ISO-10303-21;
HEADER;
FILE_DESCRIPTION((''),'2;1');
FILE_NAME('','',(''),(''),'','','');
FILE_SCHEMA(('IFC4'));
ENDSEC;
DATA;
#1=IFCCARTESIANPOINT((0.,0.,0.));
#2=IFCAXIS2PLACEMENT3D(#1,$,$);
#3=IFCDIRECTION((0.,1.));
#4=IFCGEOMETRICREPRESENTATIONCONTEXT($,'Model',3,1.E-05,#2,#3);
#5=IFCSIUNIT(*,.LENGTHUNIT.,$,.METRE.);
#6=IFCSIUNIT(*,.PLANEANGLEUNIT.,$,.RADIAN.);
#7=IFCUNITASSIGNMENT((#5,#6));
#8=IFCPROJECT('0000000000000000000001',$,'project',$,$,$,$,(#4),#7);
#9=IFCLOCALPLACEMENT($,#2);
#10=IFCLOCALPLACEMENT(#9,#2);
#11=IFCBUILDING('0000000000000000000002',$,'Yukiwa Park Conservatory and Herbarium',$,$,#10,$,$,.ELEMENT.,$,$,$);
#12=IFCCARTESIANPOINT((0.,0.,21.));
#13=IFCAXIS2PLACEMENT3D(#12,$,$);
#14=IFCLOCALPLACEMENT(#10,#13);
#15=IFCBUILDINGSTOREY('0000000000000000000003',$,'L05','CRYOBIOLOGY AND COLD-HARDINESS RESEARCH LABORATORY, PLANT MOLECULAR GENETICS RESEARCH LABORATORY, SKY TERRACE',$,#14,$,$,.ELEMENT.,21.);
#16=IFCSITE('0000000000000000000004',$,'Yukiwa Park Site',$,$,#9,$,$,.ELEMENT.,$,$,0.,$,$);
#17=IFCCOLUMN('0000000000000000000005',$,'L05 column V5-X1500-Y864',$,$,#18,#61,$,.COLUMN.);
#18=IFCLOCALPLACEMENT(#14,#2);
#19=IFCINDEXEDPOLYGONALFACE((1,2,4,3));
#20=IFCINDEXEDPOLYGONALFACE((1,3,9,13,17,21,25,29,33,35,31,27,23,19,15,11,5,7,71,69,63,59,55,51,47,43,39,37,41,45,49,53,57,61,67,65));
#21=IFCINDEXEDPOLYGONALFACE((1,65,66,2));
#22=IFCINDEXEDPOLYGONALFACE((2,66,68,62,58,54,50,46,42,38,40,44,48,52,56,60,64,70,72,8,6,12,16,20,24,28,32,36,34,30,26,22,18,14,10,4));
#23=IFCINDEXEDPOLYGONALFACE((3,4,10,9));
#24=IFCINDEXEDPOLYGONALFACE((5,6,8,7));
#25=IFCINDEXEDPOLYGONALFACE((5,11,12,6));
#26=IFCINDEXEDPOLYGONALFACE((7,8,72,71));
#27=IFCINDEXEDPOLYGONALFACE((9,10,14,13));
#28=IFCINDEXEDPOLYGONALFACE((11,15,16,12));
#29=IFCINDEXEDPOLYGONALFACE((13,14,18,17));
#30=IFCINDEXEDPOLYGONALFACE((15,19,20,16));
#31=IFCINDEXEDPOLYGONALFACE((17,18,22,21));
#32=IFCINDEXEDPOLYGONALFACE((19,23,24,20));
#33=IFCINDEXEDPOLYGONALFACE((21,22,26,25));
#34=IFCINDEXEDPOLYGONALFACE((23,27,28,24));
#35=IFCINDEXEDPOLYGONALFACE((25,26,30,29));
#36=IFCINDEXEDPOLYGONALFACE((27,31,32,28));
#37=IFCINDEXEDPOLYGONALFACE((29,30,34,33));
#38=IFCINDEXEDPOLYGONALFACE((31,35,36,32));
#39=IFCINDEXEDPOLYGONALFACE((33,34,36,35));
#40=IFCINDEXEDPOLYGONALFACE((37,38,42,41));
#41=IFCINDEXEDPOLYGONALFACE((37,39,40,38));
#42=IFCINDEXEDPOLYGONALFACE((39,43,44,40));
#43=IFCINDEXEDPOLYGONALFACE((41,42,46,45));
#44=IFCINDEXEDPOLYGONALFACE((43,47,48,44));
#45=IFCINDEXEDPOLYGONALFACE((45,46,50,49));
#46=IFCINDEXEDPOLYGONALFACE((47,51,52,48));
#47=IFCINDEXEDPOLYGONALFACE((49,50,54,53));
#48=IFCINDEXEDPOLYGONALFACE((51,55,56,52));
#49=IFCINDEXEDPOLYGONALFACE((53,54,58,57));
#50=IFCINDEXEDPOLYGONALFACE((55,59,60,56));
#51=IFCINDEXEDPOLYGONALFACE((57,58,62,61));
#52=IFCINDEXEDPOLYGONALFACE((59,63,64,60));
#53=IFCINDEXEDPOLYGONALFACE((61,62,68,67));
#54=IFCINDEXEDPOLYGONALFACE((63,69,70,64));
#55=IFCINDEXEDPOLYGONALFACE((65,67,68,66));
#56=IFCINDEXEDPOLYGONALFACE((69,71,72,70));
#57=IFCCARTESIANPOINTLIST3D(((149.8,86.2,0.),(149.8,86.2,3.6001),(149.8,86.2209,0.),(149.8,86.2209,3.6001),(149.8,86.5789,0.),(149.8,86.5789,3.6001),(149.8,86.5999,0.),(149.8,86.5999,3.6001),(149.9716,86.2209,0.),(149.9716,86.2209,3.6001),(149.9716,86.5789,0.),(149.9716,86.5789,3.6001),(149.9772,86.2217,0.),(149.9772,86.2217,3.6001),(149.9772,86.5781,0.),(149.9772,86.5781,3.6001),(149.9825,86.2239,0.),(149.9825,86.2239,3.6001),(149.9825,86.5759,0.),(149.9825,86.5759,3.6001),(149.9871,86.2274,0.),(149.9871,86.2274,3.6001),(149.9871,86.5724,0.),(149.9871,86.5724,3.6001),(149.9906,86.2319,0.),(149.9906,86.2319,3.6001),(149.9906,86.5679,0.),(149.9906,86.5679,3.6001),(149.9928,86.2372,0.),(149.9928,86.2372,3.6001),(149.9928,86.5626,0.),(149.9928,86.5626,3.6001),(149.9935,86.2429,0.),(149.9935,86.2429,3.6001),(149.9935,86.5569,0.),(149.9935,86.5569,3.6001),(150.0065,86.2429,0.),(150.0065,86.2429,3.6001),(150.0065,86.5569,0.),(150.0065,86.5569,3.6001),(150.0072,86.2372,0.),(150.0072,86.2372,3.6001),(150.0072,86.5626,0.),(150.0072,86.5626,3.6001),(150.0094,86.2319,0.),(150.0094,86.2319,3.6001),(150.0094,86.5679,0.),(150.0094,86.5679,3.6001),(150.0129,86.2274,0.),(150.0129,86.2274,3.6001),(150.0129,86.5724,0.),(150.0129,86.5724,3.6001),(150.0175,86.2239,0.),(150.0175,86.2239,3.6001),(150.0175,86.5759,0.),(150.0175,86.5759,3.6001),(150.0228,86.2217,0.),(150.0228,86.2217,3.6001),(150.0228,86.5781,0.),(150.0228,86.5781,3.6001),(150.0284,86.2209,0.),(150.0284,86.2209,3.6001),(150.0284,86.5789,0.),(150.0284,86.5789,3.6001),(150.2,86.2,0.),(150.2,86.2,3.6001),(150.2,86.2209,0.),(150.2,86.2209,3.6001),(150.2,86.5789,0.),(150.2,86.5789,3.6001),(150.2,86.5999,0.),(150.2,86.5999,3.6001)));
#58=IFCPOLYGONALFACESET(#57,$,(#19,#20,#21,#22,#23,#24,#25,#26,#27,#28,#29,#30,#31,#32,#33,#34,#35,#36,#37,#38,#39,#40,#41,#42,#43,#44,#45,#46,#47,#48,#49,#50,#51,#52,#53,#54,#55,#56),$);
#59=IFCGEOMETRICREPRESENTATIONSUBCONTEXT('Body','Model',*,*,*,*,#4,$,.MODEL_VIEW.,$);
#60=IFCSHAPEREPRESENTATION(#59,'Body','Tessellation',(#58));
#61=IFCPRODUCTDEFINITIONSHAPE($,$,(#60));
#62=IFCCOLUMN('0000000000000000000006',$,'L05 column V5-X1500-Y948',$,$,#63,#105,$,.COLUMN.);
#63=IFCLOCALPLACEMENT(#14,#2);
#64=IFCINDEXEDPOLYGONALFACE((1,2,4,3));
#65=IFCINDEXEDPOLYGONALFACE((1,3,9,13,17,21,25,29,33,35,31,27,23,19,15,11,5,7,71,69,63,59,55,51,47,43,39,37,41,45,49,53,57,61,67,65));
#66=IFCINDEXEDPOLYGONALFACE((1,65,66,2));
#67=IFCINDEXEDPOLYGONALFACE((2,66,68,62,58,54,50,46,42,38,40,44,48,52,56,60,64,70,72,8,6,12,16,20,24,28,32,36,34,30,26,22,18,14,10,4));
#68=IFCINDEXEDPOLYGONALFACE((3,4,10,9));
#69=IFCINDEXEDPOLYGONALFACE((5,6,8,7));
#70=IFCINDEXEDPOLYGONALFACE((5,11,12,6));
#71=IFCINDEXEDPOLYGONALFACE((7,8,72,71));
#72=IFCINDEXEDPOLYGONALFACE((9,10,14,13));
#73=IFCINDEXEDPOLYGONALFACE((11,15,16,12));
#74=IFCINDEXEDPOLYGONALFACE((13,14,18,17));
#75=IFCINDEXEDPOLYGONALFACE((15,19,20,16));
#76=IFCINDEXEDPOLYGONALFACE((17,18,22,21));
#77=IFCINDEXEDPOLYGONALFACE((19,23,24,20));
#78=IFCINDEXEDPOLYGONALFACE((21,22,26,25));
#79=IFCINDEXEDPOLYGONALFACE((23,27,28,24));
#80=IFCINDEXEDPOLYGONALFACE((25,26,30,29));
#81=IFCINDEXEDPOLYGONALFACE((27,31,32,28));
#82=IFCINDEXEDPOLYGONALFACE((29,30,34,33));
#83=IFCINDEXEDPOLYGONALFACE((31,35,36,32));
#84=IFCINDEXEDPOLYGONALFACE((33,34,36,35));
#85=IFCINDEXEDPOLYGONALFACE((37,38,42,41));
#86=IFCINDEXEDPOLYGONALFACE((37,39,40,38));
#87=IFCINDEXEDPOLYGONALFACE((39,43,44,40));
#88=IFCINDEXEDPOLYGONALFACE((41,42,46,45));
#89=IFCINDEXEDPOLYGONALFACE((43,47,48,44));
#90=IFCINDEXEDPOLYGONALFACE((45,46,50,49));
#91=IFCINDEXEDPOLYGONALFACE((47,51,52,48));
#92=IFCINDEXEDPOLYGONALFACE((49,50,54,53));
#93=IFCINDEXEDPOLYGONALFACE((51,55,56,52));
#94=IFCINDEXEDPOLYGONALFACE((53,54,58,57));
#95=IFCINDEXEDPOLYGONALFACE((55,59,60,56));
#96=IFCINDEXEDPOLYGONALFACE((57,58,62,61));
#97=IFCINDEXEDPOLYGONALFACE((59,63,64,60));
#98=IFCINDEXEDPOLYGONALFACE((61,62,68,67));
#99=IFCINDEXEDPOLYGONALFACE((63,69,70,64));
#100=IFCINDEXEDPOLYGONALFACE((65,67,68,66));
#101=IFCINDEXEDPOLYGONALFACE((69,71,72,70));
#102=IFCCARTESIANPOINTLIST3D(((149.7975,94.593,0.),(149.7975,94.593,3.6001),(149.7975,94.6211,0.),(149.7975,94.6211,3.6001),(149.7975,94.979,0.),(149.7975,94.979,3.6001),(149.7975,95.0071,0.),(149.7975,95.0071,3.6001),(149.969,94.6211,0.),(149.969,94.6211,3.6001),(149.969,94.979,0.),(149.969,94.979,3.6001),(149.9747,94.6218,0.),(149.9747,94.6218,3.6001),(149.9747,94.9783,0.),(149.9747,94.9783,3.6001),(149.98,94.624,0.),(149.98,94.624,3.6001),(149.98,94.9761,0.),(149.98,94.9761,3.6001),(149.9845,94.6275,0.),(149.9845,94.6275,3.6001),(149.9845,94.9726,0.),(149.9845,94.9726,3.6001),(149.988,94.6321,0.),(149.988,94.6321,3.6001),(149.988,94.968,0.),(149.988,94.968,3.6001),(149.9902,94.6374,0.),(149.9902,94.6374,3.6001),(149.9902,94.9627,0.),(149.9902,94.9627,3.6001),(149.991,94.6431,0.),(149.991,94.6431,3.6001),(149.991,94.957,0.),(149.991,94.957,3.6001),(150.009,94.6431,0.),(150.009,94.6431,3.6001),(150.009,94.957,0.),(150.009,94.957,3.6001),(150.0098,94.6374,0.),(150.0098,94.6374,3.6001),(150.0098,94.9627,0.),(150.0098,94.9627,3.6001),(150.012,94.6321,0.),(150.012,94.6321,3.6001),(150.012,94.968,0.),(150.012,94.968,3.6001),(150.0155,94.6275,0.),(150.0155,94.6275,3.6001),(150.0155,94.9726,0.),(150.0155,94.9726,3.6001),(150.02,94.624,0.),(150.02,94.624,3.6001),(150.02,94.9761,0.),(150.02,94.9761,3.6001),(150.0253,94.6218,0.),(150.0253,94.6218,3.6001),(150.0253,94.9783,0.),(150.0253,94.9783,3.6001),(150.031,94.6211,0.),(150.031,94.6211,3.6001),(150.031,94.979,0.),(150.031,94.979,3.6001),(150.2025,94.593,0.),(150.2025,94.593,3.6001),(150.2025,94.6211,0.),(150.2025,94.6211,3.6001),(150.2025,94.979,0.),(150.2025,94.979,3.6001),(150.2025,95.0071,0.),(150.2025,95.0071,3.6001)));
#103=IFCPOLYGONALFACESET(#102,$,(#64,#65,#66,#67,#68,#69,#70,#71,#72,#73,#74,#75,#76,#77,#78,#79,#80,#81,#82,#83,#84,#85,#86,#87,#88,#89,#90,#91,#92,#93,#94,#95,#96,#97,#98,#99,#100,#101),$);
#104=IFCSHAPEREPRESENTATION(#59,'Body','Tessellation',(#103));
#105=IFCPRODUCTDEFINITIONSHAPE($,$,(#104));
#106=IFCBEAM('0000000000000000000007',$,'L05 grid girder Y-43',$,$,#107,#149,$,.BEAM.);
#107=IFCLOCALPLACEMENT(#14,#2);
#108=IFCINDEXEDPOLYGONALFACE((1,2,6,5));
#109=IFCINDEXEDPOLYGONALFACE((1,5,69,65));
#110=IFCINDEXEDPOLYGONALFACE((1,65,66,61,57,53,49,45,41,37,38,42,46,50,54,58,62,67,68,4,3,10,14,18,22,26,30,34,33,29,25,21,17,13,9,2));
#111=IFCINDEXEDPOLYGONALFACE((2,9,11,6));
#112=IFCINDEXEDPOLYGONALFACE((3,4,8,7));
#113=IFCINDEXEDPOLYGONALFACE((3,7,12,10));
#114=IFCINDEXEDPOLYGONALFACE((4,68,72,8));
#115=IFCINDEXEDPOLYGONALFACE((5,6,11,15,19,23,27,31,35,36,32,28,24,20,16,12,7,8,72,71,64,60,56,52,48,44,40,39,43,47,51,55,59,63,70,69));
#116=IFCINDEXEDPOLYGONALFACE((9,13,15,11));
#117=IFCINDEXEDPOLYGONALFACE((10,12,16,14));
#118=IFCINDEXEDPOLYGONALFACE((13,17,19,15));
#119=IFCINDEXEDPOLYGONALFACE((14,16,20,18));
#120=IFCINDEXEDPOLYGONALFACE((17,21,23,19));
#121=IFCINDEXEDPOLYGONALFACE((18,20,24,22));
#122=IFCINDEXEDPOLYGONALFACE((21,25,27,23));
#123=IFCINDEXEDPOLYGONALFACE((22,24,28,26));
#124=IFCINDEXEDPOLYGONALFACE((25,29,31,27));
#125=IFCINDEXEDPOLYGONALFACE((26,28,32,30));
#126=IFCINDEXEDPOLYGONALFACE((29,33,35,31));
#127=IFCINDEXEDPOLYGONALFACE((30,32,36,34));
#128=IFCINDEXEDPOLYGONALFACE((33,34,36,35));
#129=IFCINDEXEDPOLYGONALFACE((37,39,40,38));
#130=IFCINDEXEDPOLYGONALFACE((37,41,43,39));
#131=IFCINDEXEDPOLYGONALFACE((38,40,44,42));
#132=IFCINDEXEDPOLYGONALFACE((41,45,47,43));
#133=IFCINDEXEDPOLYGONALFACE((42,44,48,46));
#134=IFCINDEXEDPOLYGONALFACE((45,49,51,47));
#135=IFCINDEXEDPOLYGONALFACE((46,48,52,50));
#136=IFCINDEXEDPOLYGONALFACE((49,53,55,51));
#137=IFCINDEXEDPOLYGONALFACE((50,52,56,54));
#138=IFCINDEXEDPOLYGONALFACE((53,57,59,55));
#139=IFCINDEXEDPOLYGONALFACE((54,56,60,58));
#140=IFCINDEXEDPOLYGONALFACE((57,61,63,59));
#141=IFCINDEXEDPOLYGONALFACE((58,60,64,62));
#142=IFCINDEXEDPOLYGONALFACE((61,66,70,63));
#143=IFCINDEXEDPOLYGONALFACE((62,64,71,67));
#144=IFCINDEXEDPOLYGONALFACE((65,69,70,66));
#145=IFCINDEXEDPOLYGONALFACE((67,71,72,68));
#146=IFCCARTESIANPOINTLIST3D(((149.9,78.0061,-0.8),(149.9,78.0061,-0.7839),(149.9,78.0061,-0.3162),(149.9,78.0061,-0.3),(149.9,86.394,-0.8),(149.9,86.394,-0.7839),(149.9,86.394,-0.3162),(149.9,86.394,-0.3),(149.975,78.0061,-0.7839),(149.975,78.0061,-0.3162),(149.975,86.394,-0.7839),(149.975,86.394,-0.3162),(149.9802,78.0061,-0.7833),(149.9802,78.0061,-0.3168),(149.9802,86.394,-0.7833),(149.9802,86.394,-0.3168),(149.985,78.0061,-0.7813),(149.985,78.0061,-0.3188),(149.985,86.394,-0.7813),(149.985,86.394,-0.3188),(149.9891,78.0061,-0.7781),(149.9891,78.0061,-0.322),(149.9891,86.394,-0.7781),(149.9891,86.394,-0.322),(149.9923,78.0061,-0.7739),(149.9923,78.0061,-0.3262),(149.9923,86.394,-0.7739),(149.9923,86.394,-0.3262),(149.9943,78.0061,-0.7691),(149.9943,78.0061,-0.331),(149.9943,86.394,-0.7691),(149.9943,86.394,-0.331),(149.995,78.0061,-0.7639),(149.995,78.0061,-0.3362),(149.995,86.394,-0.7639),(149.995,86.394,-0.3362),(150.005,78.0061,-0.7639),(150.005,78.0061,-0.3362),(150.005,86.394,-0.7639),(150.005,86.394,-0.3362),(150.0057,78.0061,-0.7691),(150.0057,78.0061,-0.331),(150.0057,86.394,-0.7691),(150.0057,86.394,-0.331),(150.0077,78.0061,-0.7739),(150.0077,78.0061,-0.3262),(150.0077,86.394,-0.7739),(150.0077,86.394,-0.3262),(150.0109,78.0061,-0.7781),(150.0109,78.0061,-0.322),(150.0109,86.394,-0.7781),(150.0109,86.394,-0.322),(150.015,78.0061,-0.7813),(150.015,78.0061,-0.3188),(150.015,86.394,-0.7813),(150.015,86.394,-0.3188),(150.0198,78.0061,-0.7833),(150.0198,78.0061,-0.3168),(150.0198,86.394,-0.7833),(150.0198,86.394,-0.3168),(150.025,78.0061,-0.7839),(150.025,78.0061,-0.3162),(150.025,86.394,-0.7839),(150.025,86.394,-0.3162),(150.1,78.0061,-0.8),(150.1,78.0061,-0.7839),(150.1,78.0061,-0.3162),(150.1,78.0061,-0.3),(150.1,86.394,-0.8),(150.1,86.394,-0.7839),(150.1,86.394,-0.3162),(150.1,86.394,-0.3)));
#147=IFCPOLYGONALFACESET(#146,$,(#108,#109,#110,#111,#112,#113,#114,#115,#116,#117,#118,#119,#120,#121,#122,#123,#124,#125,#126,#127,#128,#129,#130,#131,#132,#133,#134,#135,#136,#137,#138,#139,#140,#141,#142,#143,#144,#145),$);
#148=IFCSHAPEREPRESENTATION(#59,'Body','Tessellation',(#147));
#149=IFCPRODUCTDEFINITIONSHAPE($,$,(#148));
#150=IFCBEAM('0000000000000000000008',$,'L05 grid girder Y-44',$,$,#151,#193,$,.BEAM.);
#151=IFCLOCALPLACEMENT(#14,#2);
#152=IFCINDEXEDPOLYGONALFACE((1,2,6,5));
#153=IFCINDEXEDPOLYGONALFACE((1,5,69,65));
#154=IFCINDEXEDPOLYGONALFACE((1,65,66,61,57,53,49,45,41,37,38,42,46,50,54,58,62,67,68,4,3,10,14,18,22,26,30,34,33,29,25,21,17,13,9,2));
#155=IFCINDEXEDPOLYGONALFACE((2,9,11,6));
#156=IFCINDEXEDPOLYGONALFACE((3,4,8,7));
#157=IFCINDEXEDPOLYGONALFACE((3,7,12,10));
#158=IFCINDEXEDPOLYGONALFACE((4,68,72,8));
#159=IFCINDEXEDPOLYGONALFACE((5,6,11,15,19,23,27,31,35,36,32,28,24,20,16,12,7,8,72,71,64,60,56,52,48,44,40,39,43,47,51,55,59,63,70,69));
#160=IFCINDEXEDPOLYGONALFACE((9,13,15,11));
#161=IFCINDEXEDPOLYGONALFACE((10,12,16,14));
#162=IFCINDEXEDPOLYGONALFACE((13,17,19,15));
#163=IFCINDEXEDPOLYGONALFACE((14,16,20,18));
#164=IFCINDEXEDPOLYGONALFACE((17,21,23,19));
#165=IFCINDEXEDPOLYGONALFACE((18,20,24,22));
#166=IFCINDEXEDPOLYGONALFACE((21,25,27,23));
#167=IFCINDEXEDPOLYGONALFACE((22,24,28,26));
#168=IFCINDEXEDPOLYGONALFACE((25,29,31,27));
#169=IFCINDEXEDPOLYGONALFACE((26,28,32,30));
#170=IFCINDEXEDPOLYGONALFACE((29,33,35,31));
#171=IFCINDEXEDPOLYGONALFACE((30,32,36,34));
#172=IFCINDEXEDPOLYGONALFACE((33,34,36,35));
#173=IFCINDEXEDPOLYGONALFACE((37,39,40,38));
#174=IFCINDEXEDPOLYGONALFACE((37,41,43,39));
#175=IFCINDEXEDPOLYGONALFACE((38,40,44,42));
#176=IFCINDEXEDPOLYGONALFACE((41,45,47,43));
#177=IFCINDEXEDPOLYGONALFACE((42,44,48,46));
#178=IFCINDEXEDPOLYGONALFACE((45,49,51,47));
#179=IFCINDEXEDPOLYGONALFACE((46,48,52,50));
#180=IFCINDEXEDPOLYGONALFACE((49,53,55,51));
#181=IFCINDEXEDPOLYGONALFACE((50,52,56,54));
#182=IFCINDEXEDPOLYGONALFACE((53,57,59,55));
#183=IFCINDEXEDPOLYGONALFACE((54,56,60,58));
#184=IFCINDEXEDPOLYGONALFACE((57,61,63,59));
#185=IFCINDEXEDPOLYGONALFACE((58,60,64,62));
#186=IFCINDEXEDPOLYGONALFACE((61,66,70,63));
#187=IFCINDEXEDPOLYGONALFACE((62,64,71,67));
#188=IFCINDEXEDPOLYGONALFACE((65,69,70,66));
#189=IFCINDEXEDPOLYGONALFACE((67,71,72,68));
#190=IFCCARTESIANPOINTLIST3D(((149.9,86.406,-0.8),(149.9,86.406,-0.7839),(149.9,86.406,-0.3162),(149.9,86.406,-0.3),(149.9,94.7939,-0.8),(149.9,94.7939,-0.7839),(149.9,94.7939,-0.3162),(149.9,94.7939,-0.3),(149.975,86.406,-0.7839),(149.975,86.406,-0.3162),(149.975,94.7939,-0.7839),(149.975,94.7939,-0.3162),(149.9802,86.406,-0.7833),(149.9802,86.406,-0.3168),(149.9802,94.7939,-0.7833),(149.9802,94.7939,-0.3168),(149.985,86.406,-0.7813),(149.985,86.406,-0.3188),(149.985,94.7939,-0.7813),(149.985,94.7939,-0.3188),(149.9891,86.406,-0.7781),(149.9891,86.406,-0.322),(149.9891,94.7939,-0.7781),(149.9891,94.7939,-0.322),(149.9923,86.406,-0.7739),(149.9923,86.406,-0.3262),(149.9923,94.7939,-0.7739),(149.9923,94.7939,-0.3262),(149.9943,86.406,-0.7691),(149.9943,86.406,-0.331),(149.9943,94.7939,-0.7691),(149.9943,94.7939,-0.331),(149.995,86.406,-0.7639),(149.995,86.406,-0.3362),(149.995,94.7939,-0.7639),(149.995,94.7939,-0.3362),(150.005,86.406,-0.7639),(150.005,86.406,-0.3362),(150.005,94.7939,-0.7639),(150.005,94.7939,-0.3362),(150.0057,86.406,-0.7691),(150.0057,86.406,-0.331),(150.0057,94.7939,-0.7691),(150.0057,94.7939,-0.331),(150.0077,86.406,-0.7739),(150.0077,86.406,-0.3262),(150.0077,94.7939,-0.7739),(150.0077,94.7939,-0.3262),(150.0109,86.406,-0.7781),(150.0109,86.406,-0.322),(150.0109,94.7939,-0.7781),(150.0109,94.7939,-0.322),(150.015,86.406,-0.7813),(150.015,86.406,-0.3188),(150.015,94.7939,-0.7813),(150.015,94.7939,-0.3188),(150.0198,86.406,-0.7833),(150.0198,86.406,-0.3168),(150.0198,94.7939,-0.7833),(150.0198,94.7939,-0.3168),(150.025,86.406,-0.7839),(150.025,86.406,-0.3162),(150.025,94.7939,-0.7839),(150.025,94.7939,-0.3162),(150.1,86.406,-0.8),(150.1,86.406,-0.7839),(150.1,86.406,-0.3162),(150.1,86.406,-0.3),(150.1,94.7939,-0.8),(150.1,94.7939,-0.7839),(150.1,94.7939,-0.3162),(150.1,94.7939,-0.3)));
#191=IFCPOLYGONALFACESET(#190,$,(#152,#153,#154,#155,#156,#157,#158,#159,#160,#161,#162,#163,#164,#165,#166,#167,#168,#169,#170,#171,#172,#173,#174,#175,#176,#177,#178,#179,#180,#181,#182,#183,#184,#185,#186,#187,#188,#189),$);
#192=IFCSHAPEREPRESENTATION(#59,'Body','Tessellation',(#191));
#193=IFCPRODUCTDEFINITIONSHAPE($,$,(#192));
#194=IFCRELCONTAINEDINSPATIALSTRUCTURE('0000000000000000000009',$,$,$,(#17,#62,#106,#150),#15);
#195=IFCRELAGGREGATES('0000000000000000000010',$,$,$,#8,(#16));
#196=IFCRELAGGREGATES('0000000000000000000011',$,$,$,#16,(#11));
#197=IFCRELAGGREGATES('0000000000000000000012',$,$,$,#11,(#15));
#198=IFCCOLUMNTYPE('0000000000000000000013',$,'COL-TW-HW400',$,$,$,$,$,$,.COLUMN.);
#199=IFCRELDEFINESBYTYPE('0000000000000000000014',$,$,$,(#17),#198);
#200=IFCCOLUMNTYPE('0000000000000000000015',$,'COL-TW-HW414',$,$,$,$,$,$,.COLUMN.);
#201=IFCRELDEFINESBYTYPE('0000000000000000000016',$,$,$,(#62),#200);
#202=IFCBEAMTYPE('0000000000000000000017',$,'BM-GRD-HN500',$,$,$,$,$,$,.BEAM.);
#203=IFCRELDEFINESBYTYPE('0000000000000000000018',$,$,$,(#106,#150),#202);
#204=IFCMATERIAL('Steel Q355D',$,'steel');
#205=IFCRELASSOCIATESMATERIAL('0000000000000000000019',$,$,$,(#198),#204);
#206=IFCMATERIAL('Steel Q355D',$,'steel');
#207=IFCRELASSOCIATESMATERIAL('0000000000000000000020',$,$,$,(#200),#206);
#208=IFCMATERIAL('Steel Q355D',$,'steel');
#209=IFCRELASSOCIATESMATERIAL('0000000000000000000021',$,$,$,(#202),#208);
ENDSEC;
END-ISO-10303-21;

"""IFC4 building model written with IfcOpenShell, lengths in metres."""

from ifc_helpers import new_model, si_unit, direction, frame, origin, origin_2d, place, context, subcontext, project, spatial, i_section, extrude, material, material_profile, profile_set, type_object, element, save


model = new_model("IFC4")

# Units and contexts
model_context = context("Model", 3, precision=1e-05, world=origin(), true_north=direction((0.0, 1.0)))
body_context = subcontext(model_context, "Body", "Model", "MODEL_VIEW")
ifc_project = project(units=[si_unit("LENGTHUNIT", "METRE"), si_unit("PLANEANGLEUNIT", "RADIAN")], contexts=[model_context])

# Site, building, storey
site_placement = place(None, origin())
site = spatial("IfcSite", under=ifc_project, at=site_placement, Name="Yukiwa Park Site", CompositionType="ELEMENT", RefElevation=0.0)
building_placement = place(site_placement, origin())
building = spatial("IfcBuilding", under=site, at=building_placement, Name="Yukiwa Park Conservatory and Herbarium", CompositionType="ELEMENT")
storey_placement = place(building_placement, frame((0.0, 0.0, 21.0)))
storey = spatial("IfcBuildingStorey", under=building, at=storey_placement, Name="L05", Description="CRYOBIOLOGY AND COLD-HARDINESS RESEARCH LABORATORY, PLANT MOLECULAR GENETICS RESEARCH LABORATORY, SKY TERRACE", CompositionType="ELEMENT", Elevation=21.0)

# Columns
ifc_material_1 = material(Name="Steel Q355D", Category="steel")
ifc_material_profile_1 = material_profile(ifc_material_1, i_section(OverallWidth=0.3999, OverallDepth=0.3999, WebThickness=0.0129, FlangeThickness=0.021, FilletRadius=0.022, at=origin_2d()), Name="HW 400x400x13x21")
ifc_profile_set_1 = profile_set([ifc_material_profile_1], Name="Steel Q355D")
column_type_1 = type_object("IfcColumnType", Name="COL-TW-HW400", PredefinedType="COLUMN", material=ifc_profile_set_1)
column_1_placement = place(storey_placement, frame((150.0, 86.3999, 0.0), z_axis=(0.0, 0.0, 1.0), x_axis=(1.0, 0.0, 0.0)))
element("IfcColumn", 1, at=column_1_placement, inside=storey, type_object=column_type_1, Name="L05 column V5-X1500-Y864", PredefinedType="COLUMN", context=body_context, shape_type="SweptSolid", body=[
    extrude(i_section(OverallWidth=0.3999, OverallDepth=0.3999, WebThickness=0.0129, FlangeThickness=0.021, FilletRadius=0.022, at=origin_2d()), origin(), (0.0, 0.0, 1.0), 3.6001),
])
ifc_material_2 = material(Name="Steel Q355D", Category="steel")
ifc_material_profile_2 = material_profile(ifc_material_2, i_section(OverallWidth=0.405, OverallDepth=0.4141, WebThickness=0.0181, FlangeThickness=0.0281, FilletRadius=0.022, at=origin_2d()), Name="HW 414x405x18x28")
ifc_profile_set_2 = profile_set([ifc_material_profile_2], Name="Steel Q355D")
column_type_2 = type_object("IfcColumnType", Name="COL-TW-HW414", PredefinedType="COLUMN", material=ifc_profile_set_2)
column_2_placement = place(storey_placement, frame((150.0, 94.8, 0.0), z_axis=(0.0, 0.0, 1.0), x_axis=(1.0, 0.0, 0.0)))
element("IfcColumn", 2, at=column_2_placement, inside=storey, type_object=column_type_2, Name="L05 column V5-X1500-Y948", PredefinedType="COLUMN", context=body_context, shape_type="SweptSolid", body=[
    extrude(i_section(OverallWidth=0.405, OverallDepth=0.4141, WebThickness=0.0181, FlangeThickness=0.0281, FilletRadius=0.022, at=origin_2d()), origin(), (0.0, 0.0, 1.0), 3.6001),
])

# Beams
ifc_material_3 = material(Name="Steel Q355D", Category="steel")
ifc_material_profile_3 = material_profile(ifc_material_3, i_section(OverallWidth=0.2, OverallDepth=0.5, WebThickness=0.01, FlangeThickness=0.0161, FilletRadius=0.02, at=origin_2d()), Name="HN 500x200x10x16")
ifc_profile_set_3 = profile_set([ifc_material_profile_3], Name="Steel Q355D")
beam_type_1 = type_object("IfcBeamType", Name="BM-GRD-HN500", PredefinedType="BEAM", material=ifc_profile_set_3)
for number, where, z_axis, x_axis, name in (
    (3, (150.0, 78.0061, -0.55), (0.0, 1.0, 0.0), (-1.0, 0.0, 0.0), "L05 grid girder Y-43"),
    (4, (150.0, 86.406, -0.55), (0.0, 1.0, 0.0), (-1.0, 0.0, 0.0), "L05 grid girder Y-44"),
):
    element("IfcBeam", number, at=place(storey_placement, frame(where, z_axis=z_axis, x_axis=x_axis)), inside=storey, type_object=beam_type_1, Name=name, PredefinedType="BEAM", context=body_context, shape_type="SweptSolid", body=[
        extrude(i_section(OverallWidth=0.2, OverallDepth=0.5, WebThickness=0.01, FlangeThickness=0.0161, FilletRadius=0.02, at=origin_2d()), origin(), (0.0, 0.0, 1.0), 8.3879),
    ])

save(model, "model.ifc")
